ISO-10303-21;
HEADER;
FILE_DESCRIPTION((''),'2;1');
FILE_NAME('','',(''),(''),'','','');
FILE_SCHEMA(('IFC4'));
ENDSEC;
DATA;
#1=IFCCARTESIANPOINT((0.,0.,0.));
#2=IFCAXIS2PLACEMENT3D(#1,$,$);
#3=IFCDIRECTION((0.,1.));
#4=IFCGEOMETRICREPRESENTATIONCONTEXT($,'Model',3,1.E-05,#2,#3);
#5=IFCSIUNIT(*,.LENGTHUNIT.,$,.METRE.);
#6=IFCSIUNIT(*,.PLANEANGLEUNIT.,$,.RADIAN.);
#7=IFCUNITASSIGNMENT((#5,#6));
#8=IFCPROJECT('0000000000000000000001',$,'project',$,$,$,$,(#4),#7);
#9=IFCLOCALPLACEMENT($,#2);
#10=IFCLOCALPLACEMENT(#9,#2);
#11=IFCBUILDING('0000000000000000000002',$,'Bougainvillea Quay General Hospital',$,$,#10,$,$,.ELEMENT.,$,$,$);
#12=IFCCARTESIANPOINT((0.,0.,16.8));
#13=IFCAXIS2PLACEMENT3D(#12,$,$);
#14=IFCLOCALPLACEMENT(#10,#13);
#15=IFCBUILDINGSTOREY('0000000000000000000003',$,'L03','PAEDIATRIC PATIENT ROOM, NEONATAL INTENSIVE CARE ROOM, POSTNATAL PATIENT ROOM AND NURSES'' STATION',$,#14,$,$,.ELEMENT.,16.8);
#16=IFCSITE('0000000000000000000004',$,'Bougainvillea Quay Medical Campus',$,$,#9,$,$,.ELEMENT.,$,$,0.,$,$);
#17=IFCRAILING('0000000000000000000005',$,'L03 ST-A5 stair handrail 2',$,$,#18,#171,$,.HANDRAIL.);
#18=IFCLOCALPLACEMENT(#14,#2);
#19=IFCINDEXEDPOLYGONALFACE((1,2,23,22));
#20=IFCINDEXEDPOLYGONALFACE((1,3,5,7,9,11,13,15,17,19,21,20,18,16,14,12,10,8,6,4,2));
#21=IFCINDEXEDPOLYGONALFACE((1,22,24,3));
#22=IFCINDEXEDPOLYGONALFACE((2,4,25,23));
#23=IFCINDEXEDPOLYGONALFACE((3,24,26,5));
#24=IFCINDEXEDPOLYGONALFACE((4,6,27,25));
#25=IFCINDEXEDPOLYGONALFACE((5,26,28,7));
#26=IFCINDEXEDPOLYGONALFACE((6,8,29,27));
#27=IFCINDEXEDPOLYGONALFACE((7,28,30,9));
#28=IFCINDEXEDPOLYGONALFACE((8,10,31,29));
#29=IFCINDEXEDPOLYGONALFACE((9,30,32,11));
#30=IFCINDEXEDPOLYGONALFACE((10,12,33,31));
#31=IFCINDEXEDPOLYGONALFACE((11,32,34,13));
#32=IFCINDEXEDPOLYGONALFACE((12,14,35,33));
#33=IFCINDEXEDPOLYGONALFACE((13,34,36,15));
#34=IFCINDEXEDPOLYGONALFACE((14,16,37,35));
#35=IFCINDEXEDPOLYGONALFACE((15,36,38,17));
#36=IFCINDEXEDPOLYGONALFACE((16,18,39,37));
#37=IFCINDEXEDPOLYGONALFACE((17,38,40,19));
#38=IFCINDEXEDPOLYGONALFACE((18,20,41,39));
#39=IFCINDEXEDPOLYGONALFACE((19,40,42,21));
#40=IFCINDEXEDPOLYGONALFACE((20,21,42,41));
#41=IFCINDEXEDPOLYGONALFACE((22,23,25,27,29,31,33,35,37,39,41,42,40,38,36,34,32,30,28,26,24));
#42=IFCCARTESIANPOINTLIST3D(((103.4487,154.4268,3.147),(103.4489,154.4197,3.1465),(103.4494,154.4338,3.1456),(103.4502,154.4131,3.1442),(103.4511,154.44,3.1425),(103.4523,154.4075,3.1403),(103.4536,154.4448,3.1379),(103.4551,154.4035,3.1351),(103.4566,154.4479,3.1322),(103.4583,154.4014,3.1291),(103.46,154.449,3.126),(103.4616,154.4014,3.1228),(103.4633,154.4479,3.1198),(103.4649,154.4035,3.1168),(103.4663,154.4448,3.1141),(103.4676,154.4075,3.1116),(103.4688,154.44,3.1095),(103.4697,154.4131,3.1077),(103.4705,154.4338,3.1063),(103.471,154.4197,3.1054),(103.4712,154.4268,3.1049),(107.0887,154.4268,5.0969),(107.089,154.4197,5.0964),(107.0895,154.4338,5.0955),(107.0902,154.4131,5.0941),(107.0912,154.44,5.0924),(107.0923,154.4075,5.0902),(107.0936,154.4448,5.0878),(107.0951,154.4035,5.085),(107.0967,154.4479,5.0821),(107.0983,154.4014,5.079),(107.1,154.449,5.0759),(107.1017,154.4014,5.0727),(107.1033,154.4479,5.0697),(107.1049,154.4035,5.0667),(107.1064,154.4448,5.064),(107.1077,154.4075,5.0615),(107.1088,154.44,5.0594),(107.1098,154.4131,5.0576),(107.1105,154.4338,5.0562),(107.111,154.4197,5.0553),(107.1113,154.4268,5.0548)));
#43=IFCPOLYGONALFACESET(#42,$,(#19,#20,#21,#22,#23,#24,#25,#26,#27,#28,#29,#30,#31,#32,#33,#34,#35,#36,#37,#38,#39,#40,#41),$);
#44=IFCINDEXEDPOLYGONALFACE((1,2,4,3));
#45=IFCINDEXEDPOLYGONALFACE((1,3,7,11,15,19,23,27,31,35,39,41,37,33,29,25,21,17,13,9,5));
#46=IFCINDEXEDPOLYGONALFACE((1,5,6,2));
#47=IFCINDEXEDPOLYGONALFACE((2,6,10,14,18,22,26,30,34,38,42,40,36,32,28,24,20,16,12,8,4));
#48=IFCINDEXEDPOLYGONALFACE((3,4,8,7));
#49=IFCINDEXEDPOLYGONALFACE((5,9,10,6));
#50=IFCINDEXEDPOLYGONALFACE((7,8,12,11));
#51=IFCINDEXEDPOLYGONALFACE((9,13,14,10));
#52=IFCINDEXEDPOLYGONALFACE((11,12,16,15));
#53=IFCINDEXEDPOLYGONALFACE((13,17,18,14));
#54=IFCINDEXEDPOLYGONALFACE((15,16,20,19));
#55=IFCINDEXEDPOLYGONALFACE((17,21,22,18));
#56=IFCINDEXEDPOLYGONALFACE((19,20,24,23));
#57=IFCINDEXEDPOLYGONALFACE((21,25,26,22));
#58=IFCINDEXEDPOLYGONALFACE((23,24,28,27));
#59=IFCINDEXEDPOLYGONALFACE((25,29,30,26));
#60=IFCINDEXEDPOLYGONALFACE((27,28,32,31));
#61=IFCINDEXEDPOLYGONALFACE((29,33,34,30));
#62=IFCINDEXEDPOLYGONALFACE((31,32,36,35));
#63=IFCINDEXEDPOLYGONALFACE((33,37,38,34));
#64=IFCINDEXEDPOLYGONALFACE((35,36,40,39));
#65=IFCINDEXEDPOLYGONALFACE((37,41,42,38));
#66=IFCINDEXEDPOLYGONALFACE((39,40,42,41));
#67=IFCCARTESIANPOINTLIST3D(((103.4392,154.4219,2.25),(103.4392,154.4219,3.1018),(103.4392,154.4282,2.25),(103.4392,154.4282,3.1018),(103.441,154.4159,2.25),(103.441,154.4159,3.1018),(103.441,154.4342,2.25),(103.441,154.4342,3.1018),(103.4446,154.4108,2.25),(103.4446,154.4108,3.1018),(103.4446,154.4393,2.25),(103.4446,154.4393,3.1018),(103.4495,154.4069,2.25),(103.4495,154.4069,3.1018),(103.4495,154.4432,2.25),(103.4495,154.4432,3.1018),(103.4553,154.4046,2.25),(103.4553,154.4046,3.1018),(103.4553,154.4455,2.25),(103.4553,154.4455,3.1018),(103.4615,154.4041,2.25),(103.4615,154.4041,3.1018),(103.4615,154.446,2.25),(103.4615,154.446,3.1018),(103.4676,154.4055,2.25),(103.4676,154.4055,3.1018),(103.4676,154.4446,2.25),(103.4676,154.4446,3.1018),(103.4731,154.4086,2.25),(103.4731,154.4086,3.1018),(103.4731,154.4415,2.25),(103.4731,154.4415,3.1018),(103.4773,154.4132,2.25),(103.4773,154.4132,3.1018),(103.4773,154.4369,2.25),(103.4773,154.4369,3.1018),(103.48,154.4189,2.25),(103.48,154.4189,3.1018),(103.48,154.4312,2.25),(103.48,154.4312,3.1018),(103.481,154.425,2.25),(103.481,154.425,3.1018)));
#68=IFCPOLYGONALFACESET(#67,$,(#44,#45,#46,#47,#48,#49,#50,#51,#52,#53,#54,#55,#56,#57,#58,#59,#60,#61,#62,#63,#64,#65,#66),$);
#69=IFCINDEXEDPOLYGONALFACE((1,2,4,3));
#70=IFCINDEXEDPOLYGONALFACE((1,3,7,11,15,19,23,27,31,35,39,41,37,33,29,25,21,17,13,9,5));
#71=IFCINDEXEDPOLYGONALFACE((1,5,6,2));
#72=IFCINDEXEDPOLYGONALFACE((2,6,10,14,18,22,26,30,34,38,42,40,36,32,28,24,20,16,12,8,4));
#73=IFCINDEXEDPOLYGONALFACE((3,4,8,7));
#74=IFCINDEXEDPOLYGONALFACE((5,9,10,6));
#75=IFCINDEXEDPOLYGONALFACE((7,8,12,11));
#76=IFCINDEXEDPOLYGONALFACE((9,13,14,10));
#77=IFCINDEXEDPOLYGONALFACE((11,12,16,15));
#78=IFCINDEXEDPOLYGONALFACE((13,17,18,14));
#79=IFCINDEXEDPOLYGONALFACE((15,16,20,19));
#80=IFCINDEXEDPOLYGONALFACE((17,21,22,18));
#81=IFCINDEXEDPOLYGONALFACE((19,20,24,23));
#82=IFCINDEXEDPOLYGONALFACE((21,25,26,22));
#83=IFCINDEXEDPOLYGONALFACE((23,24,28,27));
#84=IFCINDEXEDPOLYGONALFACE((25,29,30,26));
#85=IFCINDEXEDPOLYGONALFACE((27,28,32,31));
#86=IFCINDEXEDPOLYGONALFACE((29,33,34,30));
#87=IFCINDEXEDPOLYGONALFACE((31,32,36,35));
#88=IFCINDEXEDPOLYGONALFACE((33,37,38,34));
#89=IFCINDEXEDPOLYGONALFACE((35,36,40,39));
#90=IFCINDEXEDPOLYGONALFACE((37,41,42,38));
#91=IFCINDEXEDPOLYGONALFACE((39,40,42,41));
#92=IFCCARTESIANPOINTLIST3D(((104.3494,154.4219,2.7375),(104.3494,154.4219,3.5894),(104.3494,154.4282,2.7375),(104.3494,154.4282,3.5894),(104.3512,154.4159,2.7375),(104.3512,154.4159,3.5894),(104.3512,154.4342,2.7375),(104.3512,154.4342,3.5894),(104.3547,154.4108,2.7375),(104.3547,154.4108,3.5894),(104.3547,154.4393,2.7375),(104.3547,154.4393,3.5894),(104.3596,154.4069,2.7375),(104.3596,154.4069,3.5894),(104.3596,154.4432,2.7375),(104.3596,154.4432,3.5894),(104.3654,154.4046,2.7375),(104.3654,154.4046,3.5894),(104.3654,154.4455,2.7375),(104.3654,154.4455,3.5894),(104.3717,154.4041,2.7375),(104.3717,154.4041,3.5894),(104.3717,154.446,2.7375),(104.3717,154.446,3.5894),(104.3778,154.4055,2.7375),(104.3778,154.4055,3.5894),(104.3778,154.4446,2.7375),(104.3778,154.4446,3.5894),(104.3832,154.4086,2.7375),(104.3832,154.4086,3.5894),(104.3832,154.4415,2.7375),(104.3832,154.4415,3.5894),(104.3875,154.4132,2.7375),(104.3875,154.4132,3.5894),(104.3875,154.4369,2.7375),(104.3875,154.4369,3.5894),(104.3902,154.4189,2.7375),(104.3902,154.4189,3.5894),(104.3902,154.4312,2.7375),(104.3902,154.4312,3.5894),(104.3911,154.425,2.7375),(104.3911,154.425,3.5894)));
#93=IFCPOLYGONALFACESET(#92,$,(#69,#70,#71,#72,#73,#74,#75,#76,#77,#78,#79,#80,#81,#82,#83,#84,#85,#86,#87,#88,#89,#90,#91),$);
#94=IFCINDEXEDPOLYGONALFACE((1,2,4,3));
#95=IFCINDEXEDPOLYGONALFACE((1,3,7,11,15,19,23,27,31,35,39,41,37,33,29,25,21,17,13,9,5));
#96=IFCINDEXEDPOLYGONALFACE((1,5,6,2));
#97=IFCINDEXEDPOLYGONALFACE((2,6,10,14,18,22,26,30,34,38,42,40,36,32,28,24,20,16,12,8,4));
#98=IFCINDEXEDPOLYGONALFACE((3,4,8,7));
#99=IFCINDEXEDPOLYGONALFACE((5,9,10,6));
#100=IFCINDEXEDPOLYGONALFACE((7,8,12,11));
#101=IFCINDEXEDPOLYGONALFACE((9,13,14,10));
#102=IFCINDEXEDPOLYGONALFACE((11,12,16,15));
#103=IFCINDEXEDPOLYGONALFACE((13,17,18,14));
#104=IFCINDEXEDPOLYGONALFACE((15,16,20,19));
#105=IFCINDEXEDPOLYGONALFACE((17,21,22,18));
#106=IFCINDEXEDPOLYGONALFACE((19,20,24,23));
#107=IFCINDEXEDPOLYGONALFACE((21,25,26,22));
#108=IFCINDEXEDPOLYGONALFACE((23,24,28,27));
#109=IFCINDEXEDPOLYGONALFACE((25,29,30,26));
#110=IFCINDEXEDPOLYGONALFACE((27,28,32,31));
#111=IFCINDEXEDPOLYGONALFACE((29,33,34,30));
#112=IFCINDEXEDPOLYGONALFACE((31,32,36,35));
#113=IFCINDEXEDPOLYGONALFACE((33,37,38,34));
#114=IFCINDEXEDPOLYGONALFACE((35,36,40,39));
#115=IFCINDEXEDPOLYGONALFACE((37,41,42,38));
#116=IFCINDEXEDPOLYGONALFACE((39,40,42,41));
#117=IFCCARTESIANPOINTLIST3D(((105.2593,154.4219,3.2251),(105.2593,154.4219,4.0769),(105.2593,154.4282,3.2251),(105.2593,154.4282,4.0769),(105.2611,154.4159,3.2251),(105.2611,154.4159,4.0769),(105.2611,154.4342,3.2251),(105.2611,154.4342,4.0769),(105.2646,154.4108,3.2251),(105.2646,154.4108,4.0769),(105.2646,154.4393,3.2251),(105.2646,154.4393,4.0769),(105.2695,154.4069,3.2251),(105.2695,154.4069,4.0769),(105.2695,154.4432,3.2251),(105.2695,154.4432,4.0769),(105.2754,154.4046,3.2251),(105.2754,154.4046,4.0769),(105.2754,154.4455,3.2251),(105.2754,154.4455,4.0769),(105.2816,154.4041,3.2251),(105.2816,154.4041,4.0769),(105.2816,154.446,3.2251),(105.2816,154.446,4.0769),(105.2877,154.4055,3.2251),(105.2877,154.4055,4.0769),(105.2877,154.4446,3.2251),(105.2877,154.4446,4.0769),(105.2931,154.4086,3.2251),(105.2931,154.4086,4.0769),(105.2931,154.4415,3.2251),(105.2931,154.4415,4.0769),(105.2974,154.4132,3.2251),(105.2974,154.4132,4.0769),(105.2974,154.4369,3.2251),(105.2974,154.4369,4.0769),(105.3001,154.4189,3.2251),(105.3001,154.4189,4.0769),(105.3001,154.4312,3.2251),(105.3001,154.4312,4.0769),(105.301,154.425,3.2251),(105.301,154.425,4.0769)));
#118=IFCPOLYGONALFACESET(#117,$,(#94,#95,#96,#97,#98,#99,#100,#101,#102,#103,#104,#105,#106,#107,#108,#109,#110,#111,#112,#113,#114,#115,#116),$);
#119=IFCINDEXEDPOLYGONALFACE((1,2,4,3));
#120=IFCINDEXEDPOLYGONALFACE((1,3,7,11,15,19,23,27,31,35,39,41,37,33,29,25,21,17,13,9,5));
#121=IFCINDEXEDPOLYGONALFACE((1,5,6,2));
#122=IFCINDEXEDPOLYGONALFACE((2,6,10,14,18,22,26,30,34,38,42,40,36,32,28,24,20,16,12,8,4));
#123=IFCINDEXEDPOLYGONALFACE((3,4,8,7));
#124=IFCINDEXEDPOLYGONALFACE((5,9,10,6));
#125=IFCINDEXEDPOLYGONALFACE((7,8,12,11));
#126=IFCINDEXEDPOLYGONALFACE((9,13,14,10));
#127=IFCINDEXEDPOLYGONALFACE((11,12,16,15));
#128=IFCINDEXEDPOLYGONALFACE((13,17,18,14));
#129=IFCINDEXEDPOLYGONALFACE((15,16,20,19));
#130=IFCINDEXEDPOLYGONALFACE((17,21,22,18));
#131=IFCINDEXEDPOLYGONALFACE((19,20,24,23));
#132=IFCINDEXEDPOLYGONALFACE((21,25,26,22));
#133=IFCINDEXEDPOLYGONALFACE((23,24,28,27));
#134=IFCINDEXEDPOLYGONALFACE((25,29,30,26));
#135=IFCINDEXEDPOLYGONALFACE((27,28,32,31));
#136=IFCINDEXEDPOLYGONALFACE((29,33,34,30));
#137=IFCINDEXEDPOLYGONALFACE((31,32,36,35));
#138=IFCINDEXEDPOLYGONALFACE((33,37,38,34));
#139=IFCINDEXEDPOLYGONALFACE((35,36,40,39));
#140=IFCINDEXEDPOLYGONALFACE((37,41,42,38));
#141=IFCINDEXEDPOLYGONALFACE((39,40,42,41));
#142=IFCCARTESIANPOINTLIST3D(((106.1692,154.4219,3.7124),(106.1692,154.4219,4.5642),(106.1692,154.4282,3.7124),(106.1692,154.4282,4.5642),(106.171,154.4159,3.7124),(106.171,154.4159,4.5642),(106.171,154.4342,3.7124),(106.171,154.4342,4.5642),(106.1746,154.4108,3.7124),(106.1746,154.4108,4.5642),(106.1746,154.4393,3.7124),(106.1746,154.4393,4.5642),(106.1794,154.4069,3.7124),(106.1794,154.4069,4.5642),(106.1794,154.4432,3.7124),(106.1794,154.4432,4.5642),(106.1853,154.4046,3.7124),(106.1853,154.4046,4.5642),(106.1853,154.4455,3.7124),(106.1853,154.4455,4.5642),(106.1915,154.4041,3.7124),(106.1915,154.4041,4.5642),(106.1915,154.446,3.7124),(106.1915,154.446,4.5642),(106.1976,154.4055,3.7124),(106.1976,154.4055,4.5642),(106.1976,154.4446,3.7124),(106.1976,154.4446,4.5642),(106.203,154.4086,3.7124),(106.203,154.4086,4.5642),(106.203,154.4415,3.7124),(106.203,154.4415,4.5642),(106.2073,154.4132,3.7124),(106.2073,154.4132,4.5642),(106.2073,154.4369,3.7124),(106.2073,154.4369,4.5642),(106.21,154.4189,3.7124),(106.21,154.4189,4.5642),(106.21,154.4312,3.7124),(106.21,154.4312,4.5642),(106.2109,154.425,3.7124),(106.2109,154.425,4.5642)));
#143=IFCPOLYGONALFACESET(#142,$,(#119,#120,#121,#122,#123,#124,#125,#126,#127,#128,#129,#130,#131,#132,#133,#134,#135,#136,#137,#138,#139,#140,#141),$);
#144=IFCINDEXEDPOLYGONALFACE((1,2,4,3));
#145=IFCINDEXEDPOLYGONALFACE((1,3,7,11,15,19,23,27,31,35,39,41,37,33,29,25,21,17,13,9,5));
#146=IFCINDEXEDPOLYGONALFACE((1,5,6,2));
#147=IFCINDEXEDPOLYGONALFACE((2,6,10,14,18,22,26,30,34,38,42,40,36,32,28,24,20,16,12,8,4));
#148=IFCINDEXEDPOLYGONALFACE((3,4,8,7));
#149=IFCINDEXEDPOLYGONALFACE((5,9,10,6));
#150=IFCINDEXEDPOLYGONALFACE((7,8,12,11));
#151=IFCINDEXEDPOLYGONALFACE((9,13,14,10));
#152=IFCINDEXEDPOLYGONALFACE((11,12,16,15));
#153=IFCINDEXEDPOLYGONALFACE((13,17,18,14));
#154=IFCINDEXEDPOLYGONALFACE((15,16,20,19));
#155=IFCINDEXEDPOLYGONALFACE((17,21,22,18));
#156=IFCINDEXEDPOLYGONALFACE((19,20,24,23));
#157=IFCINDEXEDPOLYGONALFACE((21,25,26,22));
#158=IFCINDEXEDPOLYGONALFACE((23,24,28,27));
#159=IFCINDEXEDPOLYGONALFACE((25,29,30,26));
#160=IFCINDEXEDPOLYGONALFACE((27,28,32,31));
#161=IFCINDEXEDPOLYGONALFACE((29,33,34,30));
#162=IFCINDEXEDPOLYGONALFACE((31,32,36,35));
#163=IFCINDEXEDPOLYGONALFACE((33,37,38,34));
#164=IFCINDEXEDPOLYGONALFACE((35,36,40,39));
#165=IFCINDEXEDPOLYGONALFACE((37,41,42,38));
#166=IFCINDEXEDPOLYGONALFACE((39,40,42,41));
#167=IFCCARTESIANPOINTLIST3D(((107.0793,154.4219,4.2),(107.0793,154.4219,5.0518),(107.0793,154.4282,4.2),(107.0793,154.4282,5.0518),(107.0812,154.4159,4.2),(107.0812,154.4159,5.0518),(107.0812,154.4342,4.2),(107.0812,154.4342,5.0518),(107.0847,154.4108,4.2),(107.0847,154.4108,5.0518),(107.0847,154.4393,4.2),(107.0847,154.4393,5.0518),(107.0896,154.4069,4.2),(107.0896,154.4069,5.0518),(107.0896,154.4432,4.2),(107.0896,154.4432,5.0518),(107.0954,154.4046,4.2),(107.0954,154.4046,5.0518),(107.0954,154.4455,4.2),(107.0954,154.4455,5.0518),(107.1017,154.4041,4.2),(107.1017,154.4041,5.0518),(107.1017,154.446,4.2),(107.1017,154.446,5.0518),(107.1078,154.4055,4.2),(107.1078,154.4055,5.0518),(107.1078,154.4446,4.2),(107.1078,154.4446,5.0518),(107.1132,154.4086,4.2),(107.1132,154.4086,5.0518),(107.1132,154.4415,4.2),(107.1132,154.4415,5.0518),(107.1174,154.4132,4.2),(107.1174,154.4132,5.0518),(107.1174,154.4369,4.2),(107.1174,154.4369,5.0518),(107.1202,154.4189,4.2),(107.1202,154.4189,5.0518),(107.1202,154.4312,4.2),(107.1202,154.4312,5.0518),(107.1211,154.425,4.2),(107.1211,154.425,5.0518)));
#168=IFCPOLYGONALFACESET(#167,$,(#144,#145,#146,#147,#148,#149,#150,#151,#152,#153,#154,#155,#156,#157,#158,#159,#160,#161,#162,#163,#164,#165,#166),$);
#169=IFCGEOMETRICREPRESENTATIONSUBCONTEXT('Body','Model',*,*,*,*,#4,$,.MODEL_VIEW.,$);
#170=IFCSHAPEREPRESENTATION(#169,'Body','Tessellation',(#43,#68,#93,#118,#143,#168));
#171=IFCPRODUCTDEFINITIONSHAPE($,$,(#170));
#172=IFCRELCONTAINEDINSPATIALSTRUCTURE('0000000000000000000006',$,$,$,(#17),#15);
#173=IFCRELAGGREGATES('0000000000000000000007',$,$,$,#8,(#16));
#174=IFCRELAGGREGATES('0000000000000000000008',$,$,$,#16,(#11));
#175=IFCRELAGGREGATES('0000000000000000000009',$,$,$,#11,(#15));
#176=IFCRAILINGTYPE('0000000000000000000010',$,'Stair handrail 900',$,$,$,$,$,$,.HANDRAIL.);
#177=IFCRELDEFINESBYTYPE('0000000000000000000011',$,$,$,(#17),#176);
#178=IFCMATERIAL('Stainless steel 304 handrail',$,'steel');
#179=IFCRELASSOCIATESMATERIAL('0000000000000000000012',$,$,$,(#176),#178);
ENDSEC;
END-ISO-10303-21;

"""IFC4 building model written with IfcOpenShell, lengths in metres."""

from ifc_helpers import new_model, si_unit, direction, frame, origin, origin_2d, place, context, subcontext, project, spatial, circle, extrude, material, type_object, element, save


model = new_model("IFC4")

# Units and contexts
model_context = context("Model", 3, precision=1e-05, world=origin(), true_north=direction((0.0, 1.0)))
body_context = subcontext(model_context, "Body", "Model", "MODEL_VIEW")
ifc_project = project(units=[si_unit("LENGTHUNIT", "METRE"), si_unit("PLANEANGLEUNIT", "RADIAN")], contexts=[model_context])

# Site, building, storey
site_placement = place(None, origin())
site = spatial("IfcSite", under=ifc_project, at=site_placement, Name="Bougainvillea Quay Medical Campus", CompositionType="ELEMENT", RefElevation=0.0)
building_placement = place(site_placement, origin())
building = spatial("IfcBuilding", under=site, at=building_placement, Name="Bougainvillea Quay General Hospital", CompositionType="ELEMENT")
storey_placement = place(building_placement, frame((0.0, 0.0, 16.8)))
storey = spatial("IfcBuildingStorey", under=building, at=storey_placement, Name="L03", Description="PAEDIATRIC PATIENT ROOM, NEONATAL INTENSIVE CARE ROOM, POSTNATAL PATIENT ROOM AND NURSES' STATION", CompositionType="ELEMENT", Elevation=16.8)

# Railing
ifc_material_1 = material(Name="Stainless steel 304 handrail", Category="steel")
railing_type_1 = type_object("IfcRailingType", Name="Stair handrail 900", PredefinedType="HANDRAIL", material=ifc_material_1)
railing_1_placement = place(storey_placement, frame((103.46, 154.425, 2.25)))
element("IfcRailing", 1, at=railing_1_placement, inside=storey, type_object=railing_type_1, Name="L03 ST-A5 stair handrail 2", PredefinedType="HANDRAIL", context=body_context, shape_type="SweptSolid", body=[
    extrude(circle(Radius=0.0239, at=origin_2d()), frame((0.0, 0.0, 0.876), z_axis=(0.881492, 0.0, 0.472198), x_axis=(0.0, 1.0, 0.0)), (0.0, 0.0, 1.0), 4.1294),
    extrude(circle(Radius=0.021, at=origin_2d()), origin(), (0.0, 0.0, 1.0), 0.8518),
    extrude(circle(Radius=0.021, at=origin_2d()), frame((0.9102, 0.0, 0.4875)), (0.0, 0.0, 1.0), 0.8518),
    extrude(circle(Radius=0.021, at=origin_2d()), frame((1.8201, 0.0, 0.9751)), (0.0, 0.0, 1.0), 0.8518),
    extrude(circle(Radius=0.021, at=origin_2d()), frame((2.73, 0.0, 1.4624)), (0.0, 0.0, 1.0), 0.8518),
    extrude(circle(Radius=0.021, at=origin_2d()), frame((3.6401, 0.0, 1.95)), (0.0, 0.0, 1.0), 0.8518),
])

save(model, "model.ifc")
